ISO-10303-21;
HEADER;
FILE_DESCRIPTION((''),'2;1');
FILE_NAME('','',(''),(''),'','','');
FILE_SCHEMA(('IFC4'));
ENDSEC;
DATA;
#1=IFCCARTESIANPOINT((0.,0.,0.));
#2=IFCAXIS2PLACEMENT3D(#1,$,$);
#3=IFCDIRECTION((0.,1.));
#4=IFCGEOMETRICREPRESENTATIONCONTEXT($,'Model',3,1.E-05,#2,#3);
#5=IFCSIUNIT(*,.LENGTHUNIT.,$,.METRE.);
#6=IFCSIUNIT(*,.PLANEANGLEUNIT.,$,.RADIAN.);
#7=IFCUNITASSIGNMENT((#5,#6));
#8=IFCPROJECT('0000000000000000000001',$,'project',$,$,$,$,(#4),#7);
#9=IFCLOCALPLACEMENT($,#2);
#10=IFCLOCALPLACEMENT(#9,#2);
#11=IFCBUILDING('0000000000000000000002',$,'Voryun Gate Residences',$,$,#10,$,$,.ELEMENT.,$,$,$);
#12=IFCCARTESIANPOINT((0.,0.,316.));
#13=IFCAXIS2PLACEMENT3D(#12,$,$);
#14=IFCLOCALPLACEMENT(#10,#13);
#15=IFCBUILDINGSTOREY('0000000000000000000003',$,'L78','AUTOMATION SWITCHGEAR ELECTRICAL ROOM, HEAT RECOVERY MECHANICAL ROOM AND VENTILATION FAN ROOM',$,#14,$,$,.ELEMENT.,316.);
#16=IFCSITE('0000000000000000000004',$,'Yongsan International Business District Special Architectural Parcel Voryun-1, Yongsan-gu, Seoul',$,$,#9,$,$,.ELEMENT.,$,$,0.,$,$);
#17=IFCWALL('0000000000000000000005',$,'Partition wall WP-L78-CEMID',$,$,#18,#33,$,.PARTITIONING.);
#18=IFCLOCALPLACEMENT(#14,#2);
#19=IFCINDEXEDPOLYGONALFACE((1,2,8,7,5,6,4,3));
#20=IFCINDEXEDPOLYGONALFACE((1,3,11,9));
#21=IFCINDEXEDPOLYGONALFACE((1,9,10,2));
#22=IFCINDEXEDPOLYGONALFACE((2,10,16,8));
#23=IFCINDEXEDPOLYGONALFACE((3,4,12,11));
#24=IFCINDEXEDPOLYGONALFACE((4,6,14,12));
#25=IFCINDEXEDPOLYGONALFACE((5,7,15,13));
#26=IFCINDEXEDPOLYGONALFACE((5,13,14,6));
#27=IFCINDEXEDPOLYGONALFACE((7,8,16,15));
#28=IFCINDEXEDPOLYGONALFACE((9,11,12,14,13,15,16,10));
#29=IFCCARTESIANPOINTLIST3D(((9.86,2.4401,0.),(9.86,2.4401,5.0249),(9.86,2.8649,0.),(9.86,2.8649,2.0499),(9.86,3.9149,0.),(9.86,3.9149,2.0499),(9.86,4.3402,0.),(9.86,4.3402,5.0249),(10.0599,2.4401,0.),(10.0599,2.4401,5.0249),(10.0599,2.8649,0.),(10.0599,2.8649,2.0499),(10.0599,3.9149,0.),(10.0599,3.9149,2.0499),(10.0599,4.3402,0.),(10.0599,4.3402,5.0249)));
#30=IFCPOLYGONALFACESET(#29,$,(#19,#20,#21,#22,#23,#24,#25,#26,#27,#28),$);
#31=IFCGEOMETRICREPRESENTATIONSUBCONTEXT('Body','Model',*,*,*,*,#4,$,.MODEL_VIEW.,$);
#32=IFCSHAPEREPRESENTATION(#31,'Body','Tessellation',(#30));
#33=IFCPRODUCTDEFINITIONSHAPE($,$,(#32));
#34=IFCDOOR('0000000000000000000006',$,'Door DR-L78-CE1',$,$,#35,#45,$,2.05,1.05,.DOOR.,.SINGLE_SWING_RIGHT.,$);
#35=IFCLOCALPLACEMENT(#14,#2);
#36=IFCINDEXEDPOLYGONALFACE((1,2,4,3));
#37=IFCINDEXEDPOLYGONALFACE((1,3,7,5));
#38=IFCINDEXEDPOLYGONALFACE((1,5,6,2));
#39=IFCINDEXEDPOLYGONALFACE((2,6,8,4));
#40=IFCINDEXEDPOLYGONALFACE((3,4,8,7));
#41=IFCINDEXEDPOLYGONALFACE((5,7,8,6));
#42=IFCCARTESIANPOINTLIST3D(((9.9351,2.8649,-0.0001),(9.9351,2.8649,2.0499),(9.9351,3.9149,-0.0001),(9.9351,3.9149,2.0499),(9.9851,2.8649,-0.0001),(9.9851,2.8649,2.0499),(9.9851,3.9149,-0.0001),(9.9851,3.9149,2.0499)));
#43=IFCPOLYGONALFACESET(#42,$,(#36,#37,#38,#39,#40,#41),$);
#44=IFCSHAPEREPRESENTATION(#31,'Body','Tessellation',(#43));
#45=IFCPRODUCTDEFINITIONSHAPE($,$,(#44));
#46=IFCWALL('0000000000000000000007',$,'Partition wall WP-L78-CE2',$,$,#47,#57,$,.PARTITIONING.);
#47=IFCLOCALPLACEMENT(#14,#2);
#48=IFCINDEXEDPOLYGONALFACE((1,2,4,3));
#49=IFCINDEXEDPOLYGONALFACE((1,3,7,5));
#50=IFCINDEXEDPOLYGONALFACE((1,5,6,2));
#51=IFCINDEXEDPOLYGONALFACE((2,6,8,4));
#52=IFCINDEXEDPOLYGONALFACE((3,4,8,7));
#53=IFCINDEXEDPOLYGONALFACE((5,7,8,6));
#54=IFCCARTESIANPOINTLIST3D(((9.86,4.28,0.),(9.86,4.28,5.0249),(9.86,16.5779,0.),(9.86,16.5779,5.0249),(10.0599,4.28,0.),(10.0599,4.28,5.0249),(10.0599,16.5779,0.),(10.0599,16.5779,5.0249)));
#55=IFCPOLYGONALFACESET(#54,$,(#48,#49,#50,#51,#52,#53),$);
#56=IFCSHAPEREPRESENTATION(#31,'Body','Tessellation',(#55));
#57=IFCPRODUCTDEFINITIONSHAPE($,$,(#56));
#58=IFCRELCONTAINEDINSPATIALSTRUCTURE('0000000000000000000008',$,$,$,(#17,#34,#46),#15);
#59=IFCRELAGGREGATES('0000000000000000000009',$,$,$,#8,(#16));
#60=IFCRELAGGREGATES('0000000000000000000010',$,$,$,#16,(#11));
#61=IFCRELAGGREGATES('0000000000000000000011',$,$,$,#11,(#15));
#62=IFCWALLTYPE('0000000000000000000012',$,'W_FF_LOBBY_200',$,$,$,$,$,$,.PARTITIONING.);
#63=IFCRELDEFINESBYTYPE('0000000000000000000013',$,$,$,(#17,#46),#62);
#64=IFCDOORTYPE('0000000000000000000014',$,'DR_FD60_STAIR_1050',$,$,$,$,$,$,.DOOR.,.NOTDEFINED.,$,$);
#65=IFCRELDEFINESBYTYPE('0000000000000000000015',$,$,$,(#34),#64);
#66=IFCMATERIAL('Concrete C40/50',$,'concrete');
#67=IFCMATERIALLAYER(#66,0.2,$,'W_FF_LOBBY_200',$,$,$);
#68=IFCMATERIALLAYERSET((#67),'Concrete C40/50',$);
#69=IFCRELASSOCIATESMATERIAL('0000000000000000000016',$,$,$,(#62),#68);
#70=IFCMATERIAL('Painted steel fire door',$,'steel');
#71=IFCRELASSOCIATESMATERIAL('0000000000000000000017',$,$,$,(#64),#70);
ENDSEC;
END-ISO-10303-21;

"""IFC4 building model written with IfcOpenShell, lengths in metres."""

from ifc_helpers import new_model, si_unit, direction, frame, frame_2d, origin, place, context, subcontext, project, spatial, rectangle, extrude, material, layer, layer_set, type_object, element, fill, save


model = new_model("IFC4")

# Units and contexts
model_context = context("Model", 3, precision=1e-05, world=origin(), true_north=direction((0.0, 1.0)))
body_context = subcontext(model_context, "Body", "Model", "MODEL_VIEW")
ifc_project = project(units=[si_unit("LENGTHUNIT", "METRE"), si_unit("PLANEANGLEUNIT", "RADIAN")], contexts=[model_context])

# Site, building, storey
site_placement = place(None, origin())
site = spatial("IfcSite", under=ifc_project, at=site_placement, Name="Yongsan International Business District Special Architectural Parcel Voryun-1, Yongsan-gu, Seoul", CompositionType="ELEMENT", RefElevation=0.0)
building_placement = place(site_placement, origin())
building = spatial("IfcBuilding", under=site, at=building_placement, Name="Voryun Gate Residences", CompositionType="ELEMENT")
storey_placement = place(building_placement, frame((0.0, 0.0, 316.0)))
storey = spatial("IfcBuildingStorey", under=building, at=storey_placement, Name="L78", Description="AUTOMATION SWITCHGEAR ELECTRICAL ROOM, HEAT RECOVERY MECHANICAL ROOM AND VENTILATION FAN ROOM", CompositionType="ELEMENT", Elevation=316.0)

# Shared definitions
ifc_material_1 = material(Name="Concrete C40/50", Category="concrete")
ifc_layer_1 = layer(ifc_material_1, 0.2, Name="W_FF_LOBBY_200")
ifc_layer_set_1 = layer_set([ifc_layer_1], Name="Concrete C40/50")
wall_type_1 = type_object("IfcWallType", Name="W_FF_LOBBY_200", PredefinedType="PARTITIONING", material=ifc_layer_set_1)

# Wall, opening, door
wall_1_placement = place(storey_placement, frame((9.96, 2.4399, 0.0), z_axis=(0.0, 0.0, 1.0), x_axis=(0.0, 1.0, 0.0)))
wall_1 = element("IfcWall", 1, at=wall_1_placement, inside=storey, type_object=wall_type_1, Name="Partition wall WP-L78-CEMID", PredefinedType="PARTITIONING", context=body_context, shape_type="SweptSolid", body=[
    extrude(rectangle(XDim=1.9001, YDim=0.2, at=frame_2d((0.9502, 0.0))), origin(), (0.0, 0.0, 1.0), 5.0249),
])
opening_placement = place(wall_1_placement, frame((0.425, 0.0, 0.0)))
opening = element("IfcOpeningElement", 2, at=opening_placement, cuts=wall_1, PredefinedType="OPENING", context=body_context, shape_type="SweptSolid", body=[
    extrude(rectangle(XDim=1.05, YDim=2.05, at=frame_2d((0.5249, 1.0249))), frame((0.0, 0.1101, 0.0), z_axis=(0.0, -1.0, 0.0), x_axis=(1.0, 0.0, 0.0)), (0.0, 0.0, 1.0), 0.22),
])
ifc_material_2 = material(Name="Painted steel fire door", Category="steel")
door_type = type_object("IfcDoorType", Name="DR_FD60_STAIR_1050", OperationType="NOTDEFINED", PredefinedType="DOOR", material=ifc_material_2)
door_placement = place(opening_placement, origin())
door = element("IfcDoor", 3, at=door_placement, inside=storey, type_object=door_type, Name="Door DR-L78-CE1", OperationType="SINGLE_SWING_RIGHT", OverallHeight=2.05, OverallWidth=1.05, PredefinedType="DOOR", context=body_context, shape_type="SweptSolid", body=[
    extrude(rectangle(XDim=1.05, YDim=2.05, at=frame_2d((0.5249, 1.0249))), frame((0.0, 0.0249, 0.0), z_axis=(0.0, -1.0, 0.0), x_axis=(1.0, 0.0, 0.0)), (0.0, 0.0, 1.0), 0.05),
])
fill(opening, door)

# Wall
wall_2_placement = place(storey_placement, frame((9.96, 4.28, 0.0), z_axis=(0.0, 0.0, 1.0), x_axis=(0.0, 1.0, 0.0)))
element("IfcWall", 4, at=wall_2_placement, inside=storey, type_object=wall_type_1, Name="Partition wall WP-L78-CE2", PredefinedType="PARTITIONING", context=body_context, shape_type="SweptSolid", body=[
    extrude(rectangle(XDim=12.2979, YDim=0.2, at=frame_2d((6.1489, 0.0))), origin(), (0.0, 0.0, 1.0), 5.0249),
])

save(model, "model.ifc")
